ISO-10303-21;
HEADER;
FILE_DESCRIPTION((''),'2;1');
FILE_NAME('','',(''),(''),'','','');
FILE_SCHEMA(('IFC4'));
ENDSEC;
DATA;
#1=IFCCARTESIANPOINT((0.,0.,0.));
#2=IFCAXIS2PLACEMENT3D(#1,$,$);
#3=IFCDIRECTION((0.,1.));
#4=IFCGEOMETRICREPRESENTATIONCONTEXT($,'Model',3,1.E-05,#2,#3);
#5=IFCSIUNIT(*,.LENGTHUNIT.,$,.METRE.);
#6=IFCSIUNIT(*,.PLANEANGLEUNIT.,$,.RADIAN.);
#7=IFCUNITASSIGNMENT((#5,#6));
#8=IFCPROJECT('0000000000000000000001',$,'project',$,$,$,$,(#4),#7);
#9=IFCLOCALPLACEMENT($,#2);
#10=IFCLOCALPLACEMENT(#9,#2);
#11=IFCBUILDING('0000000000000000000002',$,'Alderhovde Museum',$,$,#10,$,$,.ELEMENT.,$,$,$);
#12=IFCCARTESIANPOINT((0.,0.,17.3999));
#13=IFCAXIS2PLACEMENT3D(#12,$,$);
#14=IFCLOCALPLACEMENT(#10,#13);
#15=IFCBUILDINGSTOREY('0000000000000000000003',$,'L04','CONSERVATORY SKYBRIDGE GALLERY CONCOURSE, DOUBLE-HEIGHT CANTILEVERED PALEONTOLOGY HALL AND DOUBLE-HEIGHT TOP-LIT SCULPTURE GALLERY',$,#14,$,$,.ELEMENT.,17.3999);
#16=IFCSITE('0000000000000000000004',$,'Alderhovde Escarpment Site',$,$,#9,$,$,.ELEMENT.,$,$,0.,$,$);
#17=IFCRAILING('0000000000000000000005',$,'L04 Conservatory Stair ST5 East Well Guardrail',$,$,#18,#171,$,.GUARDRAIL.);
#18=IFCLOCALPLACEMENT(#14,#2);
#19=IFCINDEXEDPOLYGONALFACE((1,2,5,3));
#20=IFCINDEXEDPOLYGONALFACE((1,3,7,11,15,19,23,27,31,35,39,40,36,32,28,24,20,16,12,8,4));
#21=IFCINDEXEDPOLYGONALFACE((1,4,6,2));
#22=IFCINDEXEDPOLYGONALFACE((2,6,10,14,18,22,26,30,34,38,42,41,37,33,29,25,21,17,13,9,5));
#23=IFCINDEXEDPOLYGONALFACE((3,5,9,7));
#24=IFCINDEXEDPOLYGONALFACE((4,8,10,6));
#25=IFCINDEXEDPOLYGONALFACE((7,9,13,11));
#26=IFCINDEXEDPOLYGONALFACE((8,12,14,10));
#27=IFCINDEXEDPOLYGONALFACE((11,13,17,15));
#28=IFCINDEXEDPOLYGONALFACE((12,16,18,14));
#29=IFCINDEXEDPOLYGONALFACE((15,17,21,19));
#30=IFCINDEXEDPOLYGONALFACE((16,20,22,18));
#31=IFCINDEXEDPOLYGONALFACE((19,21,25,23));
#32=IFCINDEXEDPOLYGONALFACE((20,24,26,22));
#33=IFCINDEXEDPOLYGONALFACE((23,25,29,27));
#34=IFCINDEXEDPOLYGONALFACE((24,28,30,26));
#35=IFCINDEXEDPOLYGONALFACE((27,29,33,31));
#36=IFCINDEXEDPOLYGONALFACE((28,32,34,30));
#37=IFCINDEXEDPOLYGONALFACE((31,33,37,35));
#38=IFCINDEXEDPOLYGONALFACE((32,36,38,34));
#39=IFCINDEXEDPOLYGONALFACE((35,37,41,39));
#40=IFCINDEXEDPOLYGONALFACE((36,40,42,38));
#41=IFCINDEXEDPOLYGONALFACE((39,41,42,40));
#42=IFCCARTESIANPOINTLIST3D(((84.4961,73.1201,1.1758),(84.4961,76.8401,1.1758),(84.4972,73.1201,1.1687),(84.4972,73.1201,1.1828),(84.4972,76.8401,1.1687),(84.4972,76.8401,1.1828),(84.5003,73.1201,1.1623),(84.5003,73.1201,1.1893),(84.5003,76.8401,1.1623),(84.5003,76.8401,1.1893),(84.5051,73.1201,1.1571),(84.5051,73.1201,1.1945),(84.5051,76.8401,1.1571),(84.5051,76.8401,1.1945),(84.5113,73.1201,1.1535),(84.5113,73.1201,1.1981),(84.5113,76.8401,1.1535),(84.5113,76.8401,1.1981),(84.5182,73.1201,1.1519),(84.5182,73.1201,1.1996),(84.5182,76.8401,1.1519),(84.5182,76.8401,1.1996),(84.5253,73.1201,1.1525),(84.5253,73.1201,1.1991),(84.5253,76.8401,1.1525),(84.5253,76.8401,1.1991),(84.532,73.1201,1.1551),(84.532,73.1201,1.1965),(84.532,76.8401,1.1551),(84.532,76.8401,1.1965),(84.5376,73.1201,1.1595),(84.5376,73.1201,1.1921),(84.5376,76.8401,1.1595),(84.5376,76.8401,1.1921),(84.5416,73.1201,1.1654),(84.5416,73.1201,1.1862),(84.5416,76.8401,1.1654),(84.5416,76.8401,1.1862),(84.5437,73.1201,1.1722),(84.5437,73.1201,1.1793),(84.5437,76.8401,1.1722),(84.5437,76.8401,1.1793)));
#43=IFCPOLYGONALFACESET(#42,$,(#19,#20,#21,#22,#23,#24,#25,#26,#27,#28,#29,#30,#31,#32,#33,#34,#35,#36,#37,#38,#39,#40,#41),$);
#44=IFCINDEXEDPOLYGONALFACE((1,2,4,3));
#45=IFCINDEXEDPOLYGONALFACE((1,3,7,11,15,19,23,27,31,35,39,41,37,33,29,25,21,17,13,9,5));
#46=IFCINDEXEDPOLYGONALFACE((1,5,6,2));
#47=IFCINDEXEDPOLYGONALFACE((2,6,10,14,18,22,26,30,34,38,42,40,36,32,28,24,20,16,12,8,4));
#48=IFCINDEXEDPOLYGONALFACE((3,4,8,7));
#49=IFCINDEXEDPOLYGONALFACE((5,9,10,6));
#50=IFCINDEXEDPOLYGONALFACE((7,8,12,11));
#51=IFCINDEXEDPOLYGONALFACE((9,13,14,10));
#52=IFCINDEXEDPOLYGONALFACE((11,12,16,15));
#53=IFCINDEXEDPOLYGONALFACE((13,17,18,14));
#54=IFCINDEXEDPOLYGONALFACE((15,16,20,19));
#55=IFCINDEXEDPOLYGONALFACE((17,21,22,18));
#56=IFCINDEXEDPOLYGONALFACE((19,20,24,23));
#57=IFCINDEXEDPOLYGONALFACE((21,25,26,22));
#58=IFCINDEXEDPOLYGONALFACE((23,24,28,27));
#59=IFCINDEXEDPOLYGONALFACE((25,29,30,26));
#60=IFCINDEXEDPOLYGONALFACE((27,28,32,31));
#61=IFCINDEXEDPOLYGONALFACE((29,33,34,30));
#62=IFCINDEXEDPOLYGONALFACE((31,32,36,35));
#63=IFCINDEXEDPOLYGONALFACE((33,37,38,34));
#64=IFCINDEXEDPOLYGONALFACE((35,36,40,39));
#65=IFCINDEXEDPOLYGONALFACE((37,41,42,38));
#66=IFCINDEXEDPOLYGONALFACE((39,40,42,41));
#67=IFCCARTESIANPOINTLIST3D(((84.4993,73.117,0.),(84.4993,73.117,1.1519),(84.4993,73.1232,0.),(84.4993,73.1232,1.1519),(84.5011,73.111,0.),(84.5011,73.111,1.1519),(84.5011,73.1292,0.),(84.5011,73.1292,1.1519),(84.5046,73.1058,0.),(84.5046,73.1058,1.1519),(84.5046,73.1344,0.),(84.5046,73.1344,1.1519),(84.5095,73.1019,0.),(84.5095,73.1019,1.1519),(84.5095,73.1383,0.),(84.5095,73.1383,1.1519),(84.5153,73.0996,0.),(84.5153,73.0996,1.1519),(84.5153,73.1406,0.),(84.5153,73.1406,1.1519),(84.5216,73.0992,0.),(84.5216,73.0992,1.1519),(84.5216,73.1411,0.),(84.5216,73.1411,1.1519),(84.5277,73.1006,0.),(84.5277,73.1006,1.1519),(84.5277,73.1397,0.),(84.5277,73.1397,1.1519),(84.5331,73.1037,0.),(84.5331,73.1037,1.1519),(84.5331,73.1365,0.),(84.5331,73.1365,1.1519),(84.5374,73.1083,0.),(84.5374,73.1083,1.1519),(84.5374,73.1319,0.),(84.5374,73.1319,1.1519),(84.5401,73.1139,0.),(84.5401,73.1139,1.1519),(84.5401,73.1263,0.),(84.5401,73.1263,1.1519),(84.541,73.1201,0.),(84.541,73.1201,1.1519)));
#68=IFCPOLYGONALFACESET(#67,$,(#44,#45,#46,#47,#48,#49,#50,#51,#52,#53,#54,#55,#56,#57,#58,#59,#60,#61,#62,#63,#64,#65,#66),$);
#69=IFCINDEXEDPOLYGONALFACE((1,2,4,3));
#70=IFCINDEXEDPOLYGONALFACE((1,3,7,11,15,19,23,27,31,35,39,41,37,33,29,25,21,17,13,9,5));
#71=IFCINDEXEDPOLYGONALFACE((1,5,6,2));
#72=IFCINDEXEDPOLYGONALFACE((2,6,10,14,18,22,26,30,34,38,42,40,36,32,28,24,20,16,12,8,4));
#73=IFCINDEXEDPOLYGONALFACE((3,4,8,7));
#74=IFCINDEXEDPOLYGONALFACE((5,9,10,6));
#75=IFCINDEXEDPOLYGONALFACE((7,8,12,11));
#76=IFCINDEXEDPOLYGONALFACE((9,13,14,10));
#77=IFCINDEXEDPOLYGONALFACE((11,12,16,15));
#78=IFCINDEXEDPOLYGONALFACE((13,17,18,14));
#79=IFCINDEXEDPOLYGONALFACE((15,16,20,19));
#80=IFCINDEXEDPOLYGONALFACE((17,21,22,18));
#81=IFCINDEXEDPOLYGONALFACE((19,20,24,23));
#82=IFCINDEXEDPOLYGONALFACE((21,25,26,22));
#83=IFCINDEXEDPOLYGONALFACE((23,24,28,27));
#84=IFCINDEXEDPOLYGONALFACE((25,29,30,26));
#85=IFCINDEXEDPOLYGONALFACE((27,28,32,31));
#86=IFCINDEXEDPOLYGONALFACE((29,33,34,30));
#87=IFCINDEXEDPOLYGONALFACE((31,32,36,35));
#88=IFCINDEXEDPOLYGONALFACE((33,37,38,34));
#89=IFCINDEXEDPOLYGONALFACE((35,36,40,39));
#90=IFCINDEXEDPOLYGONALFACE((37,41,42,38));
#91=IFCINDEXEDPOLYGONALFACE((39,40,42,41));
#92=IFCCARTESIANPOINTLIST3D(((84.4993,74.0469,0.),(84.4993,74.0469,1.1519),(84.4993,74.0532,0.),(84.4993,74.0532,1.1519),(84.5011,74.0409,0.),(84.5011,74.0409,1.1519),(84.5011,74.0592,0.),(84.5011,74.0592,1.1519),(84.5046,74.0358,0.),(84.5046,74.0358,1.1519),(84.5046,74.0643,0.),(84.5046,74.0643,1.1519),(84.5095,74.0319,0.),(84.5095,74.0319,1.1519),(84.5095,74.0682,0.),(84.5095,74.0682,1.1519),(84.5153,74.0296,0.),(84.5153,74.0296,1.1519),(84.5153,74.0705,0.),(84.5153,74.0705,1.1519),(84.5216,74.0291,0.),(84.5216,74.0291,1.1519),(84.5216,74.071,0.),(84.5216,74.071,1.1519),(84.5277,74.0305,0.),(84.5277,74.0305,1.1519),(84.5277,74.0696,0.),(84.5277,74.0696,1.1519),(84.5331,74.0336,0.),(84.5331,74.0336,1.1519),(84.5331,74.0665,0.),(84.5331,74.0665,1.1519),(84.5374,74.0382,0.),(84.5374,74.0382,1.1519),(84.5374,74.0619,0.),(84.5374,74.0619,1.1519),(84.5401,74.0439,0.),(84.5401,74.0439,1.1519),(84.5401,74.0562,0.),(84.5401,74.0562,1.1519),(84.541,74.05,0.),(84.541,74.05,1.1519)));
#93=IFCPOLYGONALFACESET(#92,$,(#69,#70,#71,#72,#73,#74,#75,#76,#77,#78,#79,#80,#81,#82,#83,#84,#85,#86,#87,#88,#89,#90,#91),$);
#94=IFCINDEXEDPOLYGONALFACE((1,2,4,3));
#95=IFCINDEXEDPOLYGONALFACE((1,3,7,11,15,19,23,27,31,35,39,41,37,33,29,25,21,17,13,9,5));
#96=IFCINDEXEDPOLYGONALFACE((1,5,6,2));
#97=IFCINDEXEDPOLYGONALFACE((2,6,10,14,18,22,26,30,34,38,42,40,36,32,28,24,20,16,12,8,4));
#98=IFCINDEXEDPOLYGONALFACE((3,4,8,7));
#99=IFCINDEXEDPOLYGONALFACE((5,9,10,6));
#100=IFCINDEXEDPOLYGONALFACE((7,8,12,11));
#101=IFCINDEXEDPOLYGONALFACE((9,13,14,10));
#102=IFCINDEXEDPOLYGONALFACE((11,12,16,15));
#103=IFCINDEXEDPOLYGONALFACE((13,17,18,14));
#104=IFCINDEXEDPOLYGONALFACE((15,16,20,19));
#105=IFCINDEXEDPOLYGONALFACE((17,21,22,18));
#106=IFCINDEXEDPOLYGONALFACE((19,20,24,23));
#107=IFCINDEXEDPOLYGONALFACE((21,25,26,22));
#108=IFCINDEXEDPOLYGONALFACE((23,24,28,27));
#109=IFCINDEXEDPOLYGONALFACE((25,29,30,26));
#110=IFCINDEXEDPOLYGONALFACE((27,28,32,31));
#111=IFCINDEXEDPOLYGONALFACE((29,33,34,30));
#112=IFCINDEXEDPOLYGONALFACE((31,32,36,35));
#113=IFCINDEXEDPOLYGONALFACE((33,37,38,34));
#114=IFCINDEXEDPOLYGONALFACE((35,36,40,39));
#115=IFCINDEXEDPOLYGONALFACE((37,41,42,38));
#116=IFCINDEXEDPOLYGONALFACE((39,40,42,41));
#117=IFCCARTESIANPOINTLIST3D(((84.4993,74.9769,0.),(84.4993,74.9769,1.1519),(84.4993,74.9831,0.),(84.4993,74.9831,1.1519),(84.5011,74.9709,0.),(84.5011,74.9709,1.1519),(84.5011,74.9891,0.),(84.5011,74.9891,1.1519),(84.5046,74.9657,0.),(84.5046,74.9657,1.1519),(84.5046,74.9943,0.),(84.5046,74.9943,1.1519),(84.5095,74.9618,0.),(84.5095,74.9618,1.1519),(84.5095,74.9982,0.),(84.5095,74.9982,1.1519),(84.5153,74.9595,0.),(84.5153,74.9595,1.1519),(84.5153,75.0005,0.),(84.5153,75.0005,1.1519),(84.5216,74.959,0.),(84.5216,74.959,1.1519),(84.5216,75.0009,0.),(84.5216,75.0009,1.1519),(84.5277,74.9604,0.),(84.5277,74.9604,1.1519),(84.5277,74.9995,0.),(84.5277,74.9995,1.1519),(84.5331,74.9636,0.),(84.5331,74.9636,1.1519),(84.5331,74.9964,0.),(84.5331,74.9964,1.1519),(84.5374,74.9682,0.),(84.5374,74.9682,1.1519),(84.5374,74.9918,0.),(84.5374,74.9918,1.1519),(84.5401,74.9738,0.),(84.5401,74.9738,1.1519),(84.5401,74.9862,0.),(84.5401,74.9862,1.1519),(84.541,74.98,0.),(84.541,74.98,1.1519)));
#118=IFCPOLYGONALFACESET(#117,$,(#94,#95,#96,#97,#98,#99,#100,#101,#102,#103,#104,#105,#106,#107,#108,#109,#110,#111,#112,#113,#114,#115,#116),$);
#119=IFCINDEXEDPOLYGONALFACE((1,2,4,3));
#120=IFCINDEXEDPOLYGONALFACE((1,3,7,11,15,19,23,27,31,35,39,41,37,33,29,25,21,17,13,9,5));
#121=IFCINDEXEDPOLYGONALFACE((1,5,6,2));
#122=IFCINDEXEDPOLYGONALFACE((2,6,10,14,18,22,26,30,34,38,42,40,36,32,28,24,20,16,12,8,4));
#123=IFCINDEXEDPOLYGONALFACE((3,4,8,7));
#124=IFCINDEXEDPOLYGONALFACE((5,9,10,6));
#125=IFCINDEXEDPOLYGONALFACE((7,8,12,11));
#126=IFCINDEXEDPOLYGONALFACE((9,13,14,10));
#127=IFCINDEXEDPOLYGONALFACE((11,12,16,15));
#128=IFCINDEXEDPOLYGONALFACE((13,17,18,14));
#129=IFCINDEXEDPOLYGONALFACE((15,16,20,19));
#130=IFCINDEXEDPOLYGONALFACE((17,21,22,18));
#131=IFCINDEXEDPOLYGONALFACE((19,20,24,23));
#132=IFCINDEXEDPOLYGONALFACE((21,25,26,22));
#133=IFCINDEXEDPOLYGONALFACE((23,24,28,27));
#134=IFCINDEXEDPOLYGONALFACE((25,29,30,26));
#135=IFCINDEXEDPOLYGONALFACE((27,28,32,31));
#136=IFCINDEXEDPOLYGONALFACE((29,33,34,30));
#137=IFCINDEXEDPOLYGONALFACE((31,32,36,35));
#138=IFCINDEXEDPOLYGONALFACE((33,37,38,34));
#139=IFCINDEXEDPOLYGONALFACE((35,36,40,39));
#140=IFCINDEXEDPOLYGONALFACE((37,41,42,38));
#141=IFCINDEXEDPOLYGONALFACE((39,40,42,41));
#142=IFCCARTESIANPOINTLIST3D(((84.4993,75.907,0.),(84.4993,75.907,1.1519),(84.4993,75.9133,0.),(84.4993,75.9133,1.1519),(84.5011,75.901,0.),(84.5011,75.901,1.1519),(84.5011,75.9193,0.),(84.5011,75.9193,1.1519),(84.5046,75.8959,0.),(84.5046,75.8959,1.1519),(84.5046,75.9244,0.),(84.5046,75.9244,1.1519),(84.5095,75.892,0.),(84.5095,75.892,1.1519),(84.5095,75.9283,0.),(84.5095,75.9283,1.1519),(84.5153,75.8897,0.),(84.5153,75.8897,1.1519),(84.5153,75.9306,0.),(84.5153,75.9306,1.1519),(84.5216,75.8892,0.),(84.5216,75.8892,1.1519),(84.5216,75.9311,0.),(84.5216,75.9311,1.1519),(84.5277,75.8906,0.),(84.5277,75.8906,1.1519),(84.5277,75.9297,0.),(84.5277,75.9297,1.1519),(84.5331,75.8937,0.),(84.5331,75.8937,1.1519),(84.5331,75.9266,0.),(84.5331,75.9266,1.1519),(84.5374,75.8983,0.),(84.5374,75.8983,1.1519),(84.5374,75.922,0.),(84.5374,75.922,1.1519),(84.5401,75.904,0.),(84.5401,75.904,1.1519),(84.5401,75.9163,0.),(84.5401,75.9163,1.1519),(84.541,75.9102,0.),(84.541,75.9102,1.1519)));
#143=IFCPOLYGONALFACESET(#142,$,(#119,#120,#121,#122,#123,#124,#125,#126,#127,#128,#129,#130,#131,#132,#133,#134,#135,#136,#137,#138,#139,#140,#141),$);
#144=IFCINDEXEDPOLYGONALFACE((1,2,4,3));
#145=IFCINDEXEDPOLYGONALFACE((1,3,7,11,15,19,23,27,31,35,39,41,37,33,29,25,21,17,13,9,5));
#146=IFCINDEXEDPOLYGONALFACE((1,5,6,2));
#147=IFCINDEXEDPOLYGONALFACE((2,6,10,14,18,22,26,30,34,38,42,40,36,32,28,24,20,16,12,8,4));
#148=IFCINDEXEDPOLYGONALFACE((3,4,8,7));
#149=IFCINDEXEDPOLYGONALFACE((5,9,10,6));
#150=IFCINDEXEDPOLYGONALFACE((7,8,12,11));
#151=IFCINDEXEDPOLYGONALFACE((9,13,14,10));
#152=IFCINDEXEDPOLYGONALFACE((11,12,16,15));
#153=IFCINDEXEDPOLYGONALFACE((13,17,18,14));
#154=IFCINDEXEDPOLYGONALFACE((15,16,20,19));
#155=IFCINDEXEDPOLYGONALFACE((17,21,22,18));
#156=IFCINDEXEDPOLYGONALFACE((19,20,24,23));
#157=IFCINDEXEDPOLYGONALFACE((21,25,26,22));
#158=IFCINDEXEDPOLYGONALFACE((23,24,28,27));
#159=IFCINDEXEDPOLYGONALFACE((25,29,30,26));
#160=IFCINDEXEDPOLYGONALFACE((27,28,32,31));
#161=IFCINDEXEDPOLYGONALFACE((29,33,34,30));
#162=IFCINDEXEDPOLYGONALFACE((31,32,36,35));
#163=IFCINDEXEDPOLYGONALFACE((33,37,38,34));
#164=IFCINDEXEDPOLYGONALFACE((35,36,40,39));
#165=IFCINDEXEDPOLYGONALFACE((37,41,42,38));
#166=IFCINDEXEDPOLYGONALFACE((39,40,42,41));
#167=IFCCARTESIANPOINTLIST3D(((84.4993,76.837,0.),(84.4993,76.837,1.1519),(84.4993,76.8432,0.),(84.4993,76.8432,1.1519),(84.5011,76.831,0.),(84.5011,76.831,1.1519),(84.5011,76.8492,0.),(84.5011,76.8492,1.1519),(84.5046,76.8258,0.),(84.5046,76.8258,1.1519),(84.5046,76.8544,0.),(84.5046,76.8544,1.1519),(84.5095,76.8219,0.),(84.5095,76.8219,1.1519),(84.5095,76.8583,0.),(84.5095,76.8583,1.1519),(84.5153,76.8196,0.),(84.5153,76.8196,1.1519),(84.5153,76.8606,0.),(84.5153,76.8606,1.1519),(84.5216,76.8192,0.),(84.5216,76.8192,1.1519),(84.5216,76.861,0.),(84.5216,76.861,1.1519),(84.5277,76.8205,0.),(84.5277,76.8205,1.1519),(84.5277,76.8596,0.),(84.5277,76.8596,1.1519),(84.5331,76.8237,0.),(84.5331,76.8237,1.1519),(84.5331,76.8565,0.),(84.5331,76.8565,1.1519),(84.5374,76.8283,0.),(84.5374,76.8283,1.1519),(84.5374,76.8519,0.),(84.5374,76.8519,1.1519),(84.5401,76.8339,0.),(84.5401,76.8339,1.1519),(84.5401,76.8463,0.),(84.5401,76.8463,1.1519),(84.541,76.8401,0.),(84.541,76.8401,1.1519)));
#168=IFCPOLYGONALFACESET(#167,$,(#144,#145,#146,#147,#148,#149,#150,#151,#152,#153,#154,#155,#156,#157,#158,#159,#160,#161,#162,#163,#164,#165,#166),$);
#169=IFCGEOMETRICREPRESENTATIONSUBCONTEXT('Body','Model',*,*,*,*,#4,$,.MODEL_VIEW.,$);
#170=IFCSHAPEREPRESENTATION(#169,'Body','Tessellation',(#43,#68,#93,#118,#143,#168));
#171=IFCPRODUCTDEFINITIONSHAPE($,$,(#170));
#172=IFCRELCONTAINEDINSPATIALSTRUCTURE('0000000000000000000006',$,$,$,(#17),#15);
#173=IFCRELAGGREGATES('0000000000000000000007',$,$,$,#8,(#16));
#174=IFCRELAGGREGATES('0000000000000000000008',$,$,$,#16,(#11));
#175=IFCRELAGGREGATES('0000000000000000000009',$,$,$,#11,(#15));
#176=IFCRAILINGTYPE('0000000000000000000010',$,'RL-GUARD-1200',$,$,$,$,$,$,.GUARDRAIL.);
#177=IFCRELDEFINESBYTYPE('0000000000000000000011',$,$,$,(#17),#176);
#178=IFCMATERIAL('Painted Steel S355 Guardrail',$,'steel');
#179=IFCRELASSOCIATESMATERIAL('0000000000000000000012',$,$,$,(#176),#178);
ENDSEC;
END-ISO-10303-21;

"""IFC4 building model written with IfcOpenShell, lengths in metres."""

from ifc_helpers import new_model, si_unit, direction, frame, origin, origin_2d, place, context, subcontext, project, spatial, circle, extrude, material, type_object, element, save


model = new_model("IFC4")

# Units and contexts
model_context = context("Model", 3, precision=1e-05, world=origin(), true_north=direction((0.0, 1.0)))
body_context = subcontext(model_context, "Body", "Model", "MODEL_VIEW")
ifc_project = project(units=[si_unit("LENGTHUNIT", "METRE"), si_unit("PLANEANGLEUNIT", "RADIAN")], contexts=[model_context])

# Site, building, storey
site_placement = place(None, origin())
site = spatial("IfcSite", under=ifc_project, at=site_placement, Name="Alderhovde Escarpment Site", CompositionType="ELEMENT", RefElevation=0.0)
building_placement = place(site_placement, origin())
building = spatial("IfcBuilding", under=site, at=building_placement, Name="Alderhovde Museum", CompositionType="ELEMENT")
storey_placement = place(building_placement, frame((0.0, 0.0, 17.3999)))
storey = spatial("IfcBuildingStorey", under=building, at=storey_placement, Name="L04", Description="CONSERVATORY SKYBRIDGE GALLERY CONCOURSE, DOUBLE-HEIGHT CANTILEVERED PALEONTOLOGY HALL AND DOUBLE-HEIGHT TOP-LIT SCULPTURE GALLERY", CompositionType="ELEMENT", Elevation=17.3999)

# Railing
ifc_material_1 = material(Name="Painted Steel S355 Guardrail", Category="steel")
railing_type = type_object("IfcRailingType", Name="RL-GUARD-1200", PredefinedType="GUARDRAIL", material=ifc_material_1)
railing_placement = place(storey_placement, frame((84.52, 73.1201, 0.0)))
element("IfcRailing", 1, at=railing_placement, inside=storey, type_object=railing_type, Name="L04 Conservatory Stair ST5 East Well Guardrail", PredefinedType="GUARDRAIL", context=body_context, shape_type="SweptSolid", body=[
    extrude(circle(Radius=0.0239, at=origin_2d()), frame((0.0, 0.0, 1.1758), z_axis=(0.0, 1.0, 0.0), x_axis=(-1.0, 0.0, 0.0)), (0.0, 0.0, 1.0), 3.72),
    extrude(circle(Radius=0.021, at=origin_2d()), origin(), (0.0, 0.0, 1.0), 1.1519),
    extrude(circle(Radius=0.021, at=origin_2d()), frame((0.0, 0.9299, 0.0)), (0.0, 0.0, 1.0), 1.1519),
    extrude(circle(Radius=0.021, at=origin_2d()), frame((0.0, 1.8599, 0.0)), (0.0, 0.0, 1.0), 1.1519),
    extrude(circle(Radius=0.021, at=origin_2d()), frame((0.0, 2.79, 0.0)), (0.0, 0.0, 1.0), 1.1519),
    extrude(circle(Radius=0.021, at=origin_2d()), frame((0.0, 3.72, 0.0)), (0.0, 0.0, 1.0), 1.1519),
])

save(model, "model.ifc")
